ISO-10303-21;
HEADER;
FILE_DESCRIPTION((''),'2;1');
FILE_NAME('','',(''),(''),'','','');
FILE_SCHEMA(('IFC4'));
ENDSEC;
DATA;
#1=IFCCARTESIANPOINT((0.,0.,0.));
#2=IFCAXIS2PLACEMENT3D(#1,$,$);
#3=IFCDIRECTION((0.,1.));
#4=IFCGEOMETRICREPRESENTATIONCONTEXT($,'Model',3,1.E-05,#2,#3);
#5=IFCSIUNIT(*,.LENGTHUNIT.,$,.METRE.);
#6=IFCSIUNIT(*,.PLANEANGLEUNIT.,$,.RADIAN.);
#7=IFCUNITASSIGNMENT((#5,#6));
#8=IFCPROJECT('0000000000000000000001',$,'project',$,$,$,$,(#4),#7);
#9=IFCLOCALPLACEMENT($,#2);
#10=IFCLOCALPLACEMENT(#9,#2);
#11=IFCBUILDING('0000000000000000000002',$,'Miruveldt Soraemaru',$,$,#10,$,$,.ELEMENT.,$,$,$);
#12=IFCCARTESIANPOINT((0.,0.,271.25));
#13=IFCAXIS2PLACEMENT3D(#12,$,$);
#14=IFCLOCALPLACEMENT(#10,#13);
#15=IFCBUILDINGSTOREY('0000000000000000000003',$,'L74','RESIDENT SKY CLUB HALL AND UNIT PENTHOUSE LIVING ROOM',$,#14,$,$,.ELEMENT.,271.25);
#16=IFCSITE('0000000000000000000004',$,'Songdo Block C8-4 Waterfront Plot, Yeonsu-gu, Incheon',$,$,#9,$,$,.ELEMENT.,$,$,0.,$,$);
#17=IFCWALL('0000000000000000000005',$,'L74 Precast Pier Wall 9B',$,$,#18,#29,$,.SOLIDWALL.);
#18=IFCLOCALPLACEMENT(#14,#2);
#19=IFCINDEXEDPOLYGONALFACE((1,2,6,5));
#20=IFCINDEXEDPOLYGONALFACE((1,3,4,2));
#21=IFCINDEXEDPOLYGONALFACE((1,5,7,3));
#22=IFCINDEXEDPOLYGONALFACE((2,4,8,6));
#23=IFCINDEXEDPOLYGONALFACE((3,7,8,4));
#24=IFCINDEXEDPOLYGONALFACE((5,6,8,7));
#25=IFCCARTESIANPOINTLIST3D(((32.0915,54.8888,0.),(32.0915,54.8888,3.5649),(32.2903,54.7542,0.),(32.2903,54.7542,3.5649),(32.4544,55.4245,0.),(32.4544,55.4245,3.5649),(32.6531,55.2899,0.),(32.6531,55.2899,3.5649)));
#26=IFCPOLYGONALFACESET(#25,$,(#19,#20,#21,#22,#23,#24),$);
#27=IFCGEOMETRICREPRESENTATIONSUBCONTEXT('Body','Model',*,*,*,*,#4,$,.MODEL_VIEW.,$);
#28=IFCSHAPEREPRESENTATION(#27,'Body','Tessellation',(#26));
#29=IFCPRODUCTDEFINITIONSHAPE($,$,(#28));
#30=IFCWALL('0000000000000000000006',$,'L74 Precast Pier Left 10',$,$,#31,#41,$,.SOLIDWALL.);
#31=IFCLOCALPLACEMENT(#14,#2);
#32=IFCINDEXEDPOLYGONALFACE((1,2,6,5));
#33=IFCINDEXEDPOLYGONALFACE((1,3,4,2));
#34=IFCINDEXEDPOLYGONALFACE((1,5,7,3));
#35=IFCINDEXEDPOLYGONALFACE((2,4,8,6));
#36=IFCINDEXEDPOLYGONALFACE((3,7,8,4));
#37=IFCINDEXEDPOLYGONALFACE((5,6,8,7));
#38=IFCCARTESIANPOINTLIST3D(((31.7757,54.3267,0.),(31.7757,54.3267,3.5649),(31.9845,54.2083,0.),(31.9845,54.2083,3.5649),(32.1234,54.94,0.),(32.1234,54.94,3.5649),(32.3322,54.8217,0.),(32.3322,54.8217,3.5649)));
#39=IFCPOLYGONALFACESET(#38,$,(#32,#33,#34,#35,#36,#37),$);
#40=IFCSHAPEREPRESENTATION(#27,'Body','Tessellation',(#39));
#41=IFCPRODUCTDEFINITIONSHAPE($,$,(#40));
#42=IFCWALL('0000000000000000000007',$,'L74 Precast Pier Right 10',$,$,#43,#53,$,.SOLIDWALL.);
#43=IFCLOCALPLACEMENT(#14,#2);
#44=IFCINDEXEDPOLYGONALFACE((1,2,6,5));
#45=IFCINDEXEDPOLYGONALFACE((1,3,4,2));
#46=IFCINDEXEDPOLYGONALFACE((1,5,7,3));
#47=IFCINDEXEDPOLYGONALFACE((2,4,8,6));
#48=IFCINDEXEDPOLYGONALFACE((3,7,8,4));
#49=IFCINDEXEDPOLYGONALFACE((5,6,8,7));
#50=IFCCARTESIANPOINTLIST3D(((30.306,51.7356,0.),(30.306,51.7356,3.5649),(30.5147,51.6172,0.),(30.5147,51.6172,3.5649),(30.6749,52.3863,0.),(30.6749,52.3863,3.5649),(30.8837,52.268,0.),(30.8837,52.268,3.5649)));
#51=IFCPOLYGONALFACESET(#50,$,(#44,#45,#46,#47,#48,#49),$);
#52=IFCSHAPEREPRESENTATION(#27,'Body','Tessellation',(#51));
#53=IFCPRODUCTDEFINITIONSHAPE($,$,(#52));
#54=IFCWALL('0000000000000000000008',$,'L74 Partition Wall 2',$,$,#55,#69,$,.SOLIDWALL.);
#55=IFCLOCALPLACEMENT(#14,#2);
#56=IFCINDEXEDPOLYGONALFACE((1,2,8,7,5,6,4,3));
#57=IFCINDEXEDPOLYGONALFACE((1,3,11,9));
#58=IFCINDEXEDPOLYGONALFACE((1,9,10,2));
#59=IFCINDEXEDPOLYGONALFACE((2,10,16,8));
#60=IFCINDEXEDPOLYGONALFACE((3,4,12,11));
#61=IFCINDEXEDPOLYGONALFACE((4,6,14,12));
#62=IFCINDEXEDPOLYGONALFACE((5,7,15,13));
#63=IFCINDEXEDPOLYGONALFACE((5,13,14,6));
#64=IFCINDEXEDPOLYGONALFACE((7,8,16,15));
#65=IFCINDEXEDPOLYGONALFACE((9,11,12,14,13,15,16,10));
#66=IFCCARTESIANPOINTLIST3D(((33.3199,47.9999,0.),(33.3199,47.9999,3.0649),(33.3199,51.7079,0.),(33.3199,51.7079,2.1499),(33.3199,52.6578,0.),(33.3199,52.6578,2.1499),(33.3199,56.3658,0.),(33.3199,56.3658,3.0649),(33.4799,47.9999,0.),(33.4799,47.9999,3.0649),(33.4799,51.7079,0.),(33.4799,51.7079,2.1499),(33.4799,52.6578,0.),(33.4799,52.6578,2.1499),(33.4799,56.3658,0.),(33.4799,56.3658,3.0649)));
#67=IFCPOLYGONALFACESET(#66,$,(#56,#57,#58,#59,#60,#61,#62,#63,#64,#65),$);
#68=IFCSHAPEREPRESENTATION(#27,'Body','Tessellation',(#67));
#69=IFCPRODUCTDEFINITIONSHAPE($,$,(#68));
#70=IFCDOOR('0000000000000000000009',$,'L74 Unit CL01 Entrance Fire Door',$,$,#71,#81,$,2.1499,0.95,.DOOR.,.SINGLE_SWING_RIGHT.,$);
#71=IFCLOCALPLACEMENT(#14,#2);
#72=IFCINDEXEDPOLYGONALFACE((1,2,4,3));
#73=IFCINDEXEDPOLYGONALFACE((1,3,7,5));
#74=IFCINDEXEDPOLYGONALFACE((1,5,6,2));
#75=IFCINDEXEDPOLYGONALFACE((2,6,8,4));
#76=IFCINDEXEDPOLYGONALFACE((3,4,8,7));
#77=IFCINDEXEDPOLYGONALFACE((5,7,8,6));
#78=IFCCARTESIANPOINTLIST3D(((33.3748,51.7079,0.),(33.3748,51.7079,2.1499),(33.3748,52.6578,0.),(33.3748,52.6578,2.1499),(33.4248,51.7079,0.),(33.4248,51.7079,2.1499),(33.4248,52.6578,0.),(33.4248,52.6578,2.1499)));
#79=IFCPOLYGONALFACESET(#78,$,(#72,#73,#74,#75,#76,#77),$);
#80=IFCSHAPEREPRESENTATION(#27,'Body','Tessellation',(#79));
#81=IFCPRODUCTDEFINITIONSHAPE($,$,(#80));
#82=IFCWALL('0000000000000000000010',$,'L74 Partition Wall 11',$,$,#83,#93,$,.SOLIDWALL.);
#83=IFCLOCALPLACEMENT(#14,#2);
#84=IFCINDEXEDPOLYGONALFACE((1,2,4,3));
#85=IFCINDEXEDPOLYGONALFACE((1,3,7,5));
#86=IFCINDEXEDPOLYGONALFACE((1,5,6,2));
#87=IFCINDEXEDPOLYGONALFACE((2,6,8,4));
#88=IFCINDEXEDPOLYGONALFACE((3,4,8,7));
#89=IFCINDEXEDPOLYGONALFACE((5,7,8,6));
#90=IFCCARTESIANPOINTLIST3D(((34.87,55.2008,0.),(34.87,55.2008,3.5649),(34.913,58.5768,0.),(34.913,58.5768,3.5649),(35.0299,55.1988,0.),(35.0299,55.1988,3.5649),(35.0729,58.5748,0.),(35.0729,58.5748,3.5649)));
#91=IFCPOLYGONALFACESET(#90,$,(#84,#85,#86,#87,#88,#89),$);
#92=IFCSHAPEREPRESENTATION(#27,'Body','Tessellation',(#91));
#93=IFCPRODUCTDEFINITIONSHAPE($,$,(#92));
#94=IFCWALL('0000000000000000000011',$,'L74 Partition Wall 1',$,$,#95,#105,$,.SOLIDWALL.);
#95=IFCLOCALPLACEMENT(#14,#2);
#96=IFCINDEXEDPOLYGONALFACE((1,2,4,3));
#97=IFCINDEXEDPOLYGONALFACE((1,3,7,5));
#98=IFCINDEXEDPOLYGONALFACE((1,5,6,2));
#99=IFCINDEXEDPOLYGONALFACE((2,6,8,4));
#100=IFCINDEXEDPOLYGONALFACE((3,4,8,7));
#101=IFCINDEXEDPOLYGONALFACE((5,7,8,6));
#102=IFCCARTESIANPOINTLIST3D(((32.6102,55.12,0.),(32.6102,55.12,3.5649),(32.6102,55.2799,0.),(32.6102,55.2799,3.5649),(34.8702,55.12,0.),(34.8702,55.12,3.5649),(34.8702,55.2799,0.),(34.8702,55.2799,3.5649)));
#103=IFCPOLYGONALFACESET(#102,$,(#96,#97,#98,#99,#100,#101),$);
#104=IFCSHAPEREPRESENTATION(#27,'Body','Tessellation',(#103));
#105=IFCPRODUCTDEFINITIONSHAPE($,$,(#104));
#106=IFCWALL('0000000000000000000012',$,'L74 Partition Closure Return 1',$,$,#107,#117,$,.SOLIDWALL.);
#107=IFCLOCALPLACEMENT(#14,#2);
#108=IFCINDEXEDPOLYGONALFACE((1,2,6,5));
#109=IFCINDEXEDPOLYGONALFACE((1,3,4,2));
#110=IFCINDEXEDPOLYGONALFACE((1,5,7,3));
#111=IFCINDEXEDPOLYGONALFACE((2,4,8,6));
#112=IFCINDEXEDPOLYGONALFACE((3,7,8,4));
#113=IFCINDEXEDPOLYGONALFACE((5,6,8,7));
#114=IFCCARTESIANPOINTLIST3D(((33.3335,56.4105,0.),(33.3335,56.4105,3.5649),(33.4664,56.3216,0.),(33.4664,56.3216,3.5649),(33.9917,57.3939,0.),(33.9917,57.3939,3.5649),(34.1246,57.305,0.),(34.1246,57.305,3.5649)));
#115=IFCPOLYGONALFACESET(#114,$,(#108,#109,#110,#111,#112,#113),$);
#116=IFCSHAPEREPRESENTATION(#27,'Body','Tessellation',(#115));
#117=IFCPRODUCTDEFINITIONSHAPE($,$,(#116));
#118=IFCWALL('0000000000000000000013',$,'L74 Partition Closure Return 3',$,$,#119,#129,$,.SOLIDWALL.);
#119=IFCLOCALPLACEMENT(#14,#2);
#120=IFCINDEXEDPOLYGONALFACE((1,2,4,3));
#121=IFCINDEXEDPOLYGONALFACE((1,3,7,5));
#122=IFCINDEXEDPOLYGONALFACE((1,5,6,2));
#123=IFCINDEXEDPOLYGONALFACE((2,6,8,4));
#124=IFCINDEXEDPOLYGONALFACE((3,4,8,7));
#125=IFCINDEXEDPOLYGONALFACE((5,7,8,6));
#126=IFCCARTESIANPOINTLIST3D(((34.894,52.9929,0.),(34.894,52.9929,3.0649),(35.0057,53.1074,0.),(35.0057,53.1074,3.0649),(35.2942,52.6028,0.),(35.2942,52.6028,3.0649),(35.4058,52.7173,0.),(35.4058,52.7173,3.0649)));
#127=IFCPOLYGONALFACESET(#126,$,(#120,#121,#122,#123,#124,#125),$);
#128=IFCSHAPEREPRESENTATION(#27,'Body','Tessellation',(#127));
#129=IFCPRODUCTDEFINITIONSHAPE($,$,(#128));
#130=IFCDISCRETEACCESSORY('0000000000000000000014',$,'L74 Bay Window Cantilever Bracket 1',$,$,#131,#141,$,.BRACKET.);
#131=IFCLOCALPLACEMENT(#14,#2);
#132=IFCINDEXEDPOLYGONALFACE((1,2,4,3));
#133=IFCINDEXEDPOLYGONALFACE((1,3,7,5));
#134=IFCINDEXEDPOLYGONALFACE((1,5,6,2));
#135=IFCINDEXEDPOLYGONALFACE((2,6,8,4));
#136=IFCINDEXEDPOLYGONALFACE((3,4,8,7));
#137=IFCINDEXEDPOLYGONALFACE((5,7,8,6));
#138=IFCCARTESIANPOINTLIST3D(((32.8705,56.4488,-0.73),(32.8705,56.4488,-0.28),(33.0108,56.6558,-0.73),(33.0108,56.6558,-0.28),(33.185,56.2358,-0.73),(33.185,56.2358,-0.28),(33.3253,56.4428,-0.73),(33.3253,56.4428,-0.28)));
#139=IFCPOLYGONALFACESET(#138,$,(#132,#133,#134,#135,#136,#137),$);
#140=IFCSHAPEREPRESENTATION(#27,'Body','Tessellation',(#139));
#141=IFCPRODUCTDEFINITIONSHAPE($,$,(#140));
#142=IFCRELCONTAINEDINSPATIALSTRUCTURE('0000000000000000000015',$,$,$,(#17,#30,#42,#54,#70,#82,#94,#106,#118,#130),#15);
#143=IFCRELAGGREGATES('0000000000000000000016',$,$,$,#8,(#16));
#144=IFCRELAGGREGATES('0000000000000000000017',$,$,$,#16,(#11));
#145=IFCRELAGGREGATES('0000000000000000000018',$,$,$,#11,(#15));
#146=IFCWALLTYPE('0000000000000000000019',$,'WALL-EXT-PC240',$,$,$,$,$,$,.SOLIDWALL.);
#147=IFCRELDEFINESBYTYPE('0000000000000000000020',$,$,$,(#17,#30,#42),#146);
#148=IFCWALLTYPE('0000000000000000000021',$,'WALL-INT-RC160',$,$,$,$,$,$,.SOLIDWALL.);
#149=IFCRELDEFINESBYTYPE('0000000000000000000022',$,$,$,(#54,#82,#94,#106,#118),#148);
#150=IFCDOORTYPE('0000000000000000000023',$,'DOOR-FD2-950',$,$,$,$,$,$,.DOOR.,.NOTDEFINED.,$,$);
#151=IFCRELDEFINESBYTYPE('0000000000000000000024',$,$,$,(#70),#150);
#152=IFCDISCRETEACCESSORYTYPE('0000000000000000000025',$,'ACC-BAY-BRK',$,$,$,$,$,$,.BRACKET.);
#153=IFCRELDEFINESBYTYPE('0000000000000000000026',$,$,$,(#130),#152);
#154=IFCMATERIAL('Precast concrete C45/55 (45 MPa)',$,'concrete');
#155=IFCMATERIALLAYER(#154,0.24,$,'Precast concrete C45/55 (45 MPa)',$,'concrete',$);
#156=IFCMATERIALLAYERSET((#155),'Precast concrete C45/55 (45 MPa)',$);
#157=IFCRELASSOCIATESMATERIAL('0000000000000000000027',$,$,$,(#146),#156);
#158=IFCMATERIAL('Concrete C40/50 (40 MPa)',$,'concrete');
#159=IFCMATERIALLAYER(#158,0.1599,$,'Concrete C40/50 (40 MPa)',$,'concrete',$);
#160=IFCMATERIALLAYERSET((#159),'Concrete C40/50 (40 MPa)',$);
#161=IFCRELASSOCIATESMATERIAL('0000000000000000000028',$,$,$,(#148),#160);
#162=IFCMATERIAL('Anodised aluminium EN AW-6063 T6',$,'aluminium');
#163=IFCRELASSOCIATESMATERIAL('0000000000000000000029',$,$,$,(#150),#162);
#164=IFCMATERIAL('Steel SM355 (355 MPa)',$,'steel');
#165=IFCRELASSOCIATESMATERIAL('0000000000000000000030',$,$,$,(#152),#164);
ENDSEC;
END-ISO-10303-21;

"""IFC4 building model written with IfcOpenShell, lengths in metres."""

from ifc_helpers import new_model, si_unit, direction, frame, frame_2d, origin, origin_2d, place, context, subcontext, project, spatial, rectangle, extrude, material, layer, layer_set, type_object, element, fill, save


model = new_model("IFC4")

# Units and contexts
model_context = context("Model", 3, precision=1e-05, world=origin(), true_north=direction((0.0, 1.0)))
body_context = subcontext(model_context, "Body", "Model", "MODEL_VIEW")
ifc_project = project(units=[si_unit("LENGTHUNIT", "METRE"), si_unit("PLANEANGLEUNIT", "RADIAN")], contexts=[model_context])

# Site, building, storey
site_placement = place(None, origin())
site = spatial("IfcSite", under=ifc_project, at=site_placement, Name="Songdo Block C8-4 Waterfront Plot, Yeonsu-gu, Incheon", CompositionType="ELEMENT", RefElevation=0.0)
building_placement = place(site_placement, origin())
building = spatial("IfcBuilding", under=site, at=building_placement, Name="Miruveldt Soraemaru", CompositionType="ELEMENT")
storey_placement = place(building_placement, frame((0.0, 0.0, 271.25)))
storey = spatial("IfcBuildingStorey", under=building, at=storey_placement, Name="L74", Description="RESIDENT SKY CLUB HALL AND UNIT PENTHOUSE LIVING ROOM", CompositionType="ELEMENT", Elevation=271.25)

# Shared definitions
ifc_material_1 = material(Name="Anodised aluminium EN AW-6063 T6", Category="aluminium")

# Shared definitions
ifc_material_2 = material(Name="Precast concrete C45/55 (45 MPa)", Category="concrete")
ifc_layer_1 = layer(ifc_material_2, 0.24, Name="Precast concrete C45/55 (45 MPa)", Category="concrete")
ifc_layer_set_1 = layer_set([ifc_layer_1], Name="Precast concrete C45/55 (45 MPa)")
wall_type_1 = type_object("IfcWallType", Name="WALL-EXT-PC240", PredefinedType="SOLIDWALL", material=ifc_layer_set_1)

# Walls
for number, where, z_axis, x_axis, name in (
    (1, (32.5537, 55.3572, 0.0), (0.0, 0.0, 1.0), (-0.560781, -0.827964, 0.0), "L74 Precast Pier Wall 9B"),
):
    element("IfcWall", number, at=place(storey_placement, frame(where, z_axis=z_axis, x_axis=x_axis)), inside=storey, type_object=wall_type_1, Name=name, PredefinedType="SOLIDWALL", context=body_context, shape_type="SweptSolid", body=[
        extrude(rectangle(XDim=0.647, YDim=0.24, at=frame_2d((0.3235, 0.0))), origin(), (0.0, 0.0, 1.0), 3.5649),
    ])
wall_1_placement = place(storey_placement, frame((32.2278, 54.8809, 0.0), z_axis=(0.0, 0.0, 1.0), x_axis=(-0.493152, -0.869943, 0.0)))
element("IfcWall", 2, at=wall_1_placement, inside=storey, type_object=wall_type_1, Name="L74 Precast Pier Left 10", PredefinedType="SOLIDWALL", context=body_context, shape_type="SweptSolid", body=[
    extrude(rectangle(XDim=0.7051, YDim=0.24, at=frame_2d((0.3525, 0.0))), origin(), (0.0, 0.0, 1.0), 3.5649),
])
wall_2_placement = place(storey_placement, frame((30.7793, 52.3271, 0.0), z_axis=(0.0, 0.0, 1.0), x_axis=(-0.493218, -0.869905, 0.0)))
element("IfcWall", 3, at=wall_2_placement, inside=storey, type_object=wall_type_1, Name="L74 Precast Pier Right 10", PredefinedType="SOLIDWALL", context=body_context, shape_type="SweptSolid", body=[
    extrude(rectangle(XDim=0.748, YDim=0.24, at=frame_2d((0.374, 0.0))), origin(), (0.0, 0.0, 1.0), 3.5649),
])

# Wall, opening, door
ifc_material_3 = material(Name="Concrete C40/50 (40 MPa)", Category="concrete")
ifc_layer_2 = layer(ifc_material_3, 0.1599, Name="Concrete C40/50 (40 MPa)", Category="concrete")
ifc_layer_set_2 = layer_set([ifc_layer_2], Name="Concrete C40/50 (40 MPa)")
wall_type_2 = type_object("IfcWallType", Name="WALL-INT-RC160", PredefinedType="SOLIDWALL", material=ifc_layer_set_2)
wall_3_placement = place(storey_placement, frame((33.3999, 56.366, 0.0), z_axis=(0.0, 0.0, 1.0), x_axis=(0.0, -1.0, 0.0)))
wall_3 = element("IfcWall", 4, at=wall_3_placement, inside=storey, type_object=wall_type_2, Name="L74 Partition Wall 2", PredefinedType="SOLIDWALL", context=body_context, shape_type="SweptSolid", body=[
    extrude(rectangle(XDim=8.366, YDim=0.1599, at=frame_2d((4.1831, 0.0))), origin(), (0.0, 0.0, 1.0), 3.0649),
])
opening_1_placement = place(wall_3_placement, frame((3.708, 0.0, 0.0)))
opening_1 = element("IfcOpeningElement", 5, at=opening_1_placement, cuts=wall_3, PredefinedType="OPENING", context=body_context, shape_type="SweptSolid", body=[
    extrude(rectangle(XDim=0.95, YDim=2.1499, at=frame_2d((0.4751, 1.075))), frame((0.0, 0.0898, 0.0), z_axis=(0.0, -1.0, 0.0), x_axis=(1.0, 0.0, 0.0)), (0.0, 0.0, 1.0), 0.1799),
])
door_type = type_object("IfcDoorType", Name="DOOR-FD2-950", OperationType="NOTDEFINED", PredefinedType="DOOR", material=ifc_material_1)
door_1_placement = place(opening_1_placement, origin())
door_1 = element("IfcDoor", 6, at=door_1_placement, inside=storey, type_object=door_type, Name="L74 Unit CL01 Entrance Fire Door", OperationType="SINGLE_SWING_RIGHT", OverallHeight=2.1499, OverallWidth=0.95, PredefinedType="DOOR", context=body_context, shape_type="SweptSolid", body=[
    extrude(rectangle(XDim=0.95, YDim=2.1499, at=frame_2d((0.4751, 1.075))), frame((0.0, 0.0249, 0.0), z_axis=(0.0, -1.0, 0.0), x_axis=(1.0, 0.0, 0.0)), (0.0, 0.0, 1.0), 0.05),
])
fill(opening_1, door_1)

# Walls
wall_4_placement = place(storey_placement, frame((34.95, 55.2, 0.0), z_axis=(0.0, 0.0, 1.0), x_axis=(0.012727, 0.999919, 0.0)))
element("IfcWall", 7, at=wall_4_placement, inside=storey, type_object=wall_type_2, Name="L74 Partition Wall 11", PredefinedType="SOLIDWALL", context=body_context, shape_type="SweptSolid", body=[
    extrude(rectangle(XDim=3.3762, YDim=0.1599, at=frame_2d((1.688, 0.0))), origin(), (0.0, 0.0, 1.0), 3.5649),
])
wall_5_placement = place(storey_placement, frame((34.8701, 55.2, 0.0), z_axis=(0.0, 0.0, 1.0), x_axis=(-1.0, 0.0, 0.0)))
element("IfcWall", 8, at=wall_5_placement, inside=storey, type_object=wall_type_2, Name="L74 Partition Wall 1", PredefinedType="SOLIDWALL", context=body_context, shape_type="SweptSolid", body=[
    extrude(rectangle(XDim=2.26, YDim=0.1599, at=frame_2d((1.1299, 0.0))), origin(), (0.0, 0.0, 1.0), 3.5649),
])
wall_6_placement = place(storey_placement, frame((33.3999, 56.366, 0.0), z_axis=(0.0, 0.0, 1.0), x_axis=(0.556223, 0.831033, 0.0)))
element("IfcWall", 9, at=wall_6_placement, inside=storey, type_object=wall_type_2, Name="L74 Partition Closure Return 1", PredefinedType="SOLIDWALL", context=body_context, shape_type="SweptSolid", body=[
    extrude(rectangle(XDim=1.1833, YDim=0.1599, at=frame_2d((0.5918, 0.0))), origin(), (0.0, 0.0, 1.0), 3.5649),
])
wall_7_placement = place(storey_placement, frame((34.95, 53.05, 0.0), z_axis=(0.0, 0.0, 1.0), x_axis=(0.716006, -0.698095, 0.0)))
element("IfcWall", 10, at=wall_7_placement, inside=storey, type_object=wall_type_2, Name="L74 Partition Closure Return 3", PredefinedType="SOLIDWALL", context=body_context, shape_type="SweptSolid", body=[
    extrude(rectangle(XDim=0.5588, YDim=0.1599, at=frame_2d((0.2793, 0.0))), origin(), (0.0, 0.0, 1.0), 3.0649),
])

# Discrete accessory
ifc_material_4 = material(Name="Steel SM355 (355 MPa)", Category="steel")
discrete_accessory_type = type_object("IfcDiscreteAccessoryType", Name="ACC-BAY-BRK", PredefinedType="BRACKET", material=ifc_material_4)
discrete_accessory_placement = place(storey_placement, frame((33.0979, 56.4458, -0.73), z_axis=(0.0, 0.0, 1.0), x_axis=(-0.827914, 0.560856, 0.0)))
element("IfcDiscreteAccessory", 11, at=discrete_accessory_placement, inside=storey, type_object=discrete_accessory_type, Name="L74 Bay Window Cantilever Bracket 1", PredefinedType="BRACKET", context=body_context, shape_type="SweptSolid", body=[
    extrude(rectangle(XDim=0.3799, YDim=0.25, at=origin_2d()), origin(), (0.0, 0.0, 1.0), 0.45),
])

save(model, "model.ifc")
